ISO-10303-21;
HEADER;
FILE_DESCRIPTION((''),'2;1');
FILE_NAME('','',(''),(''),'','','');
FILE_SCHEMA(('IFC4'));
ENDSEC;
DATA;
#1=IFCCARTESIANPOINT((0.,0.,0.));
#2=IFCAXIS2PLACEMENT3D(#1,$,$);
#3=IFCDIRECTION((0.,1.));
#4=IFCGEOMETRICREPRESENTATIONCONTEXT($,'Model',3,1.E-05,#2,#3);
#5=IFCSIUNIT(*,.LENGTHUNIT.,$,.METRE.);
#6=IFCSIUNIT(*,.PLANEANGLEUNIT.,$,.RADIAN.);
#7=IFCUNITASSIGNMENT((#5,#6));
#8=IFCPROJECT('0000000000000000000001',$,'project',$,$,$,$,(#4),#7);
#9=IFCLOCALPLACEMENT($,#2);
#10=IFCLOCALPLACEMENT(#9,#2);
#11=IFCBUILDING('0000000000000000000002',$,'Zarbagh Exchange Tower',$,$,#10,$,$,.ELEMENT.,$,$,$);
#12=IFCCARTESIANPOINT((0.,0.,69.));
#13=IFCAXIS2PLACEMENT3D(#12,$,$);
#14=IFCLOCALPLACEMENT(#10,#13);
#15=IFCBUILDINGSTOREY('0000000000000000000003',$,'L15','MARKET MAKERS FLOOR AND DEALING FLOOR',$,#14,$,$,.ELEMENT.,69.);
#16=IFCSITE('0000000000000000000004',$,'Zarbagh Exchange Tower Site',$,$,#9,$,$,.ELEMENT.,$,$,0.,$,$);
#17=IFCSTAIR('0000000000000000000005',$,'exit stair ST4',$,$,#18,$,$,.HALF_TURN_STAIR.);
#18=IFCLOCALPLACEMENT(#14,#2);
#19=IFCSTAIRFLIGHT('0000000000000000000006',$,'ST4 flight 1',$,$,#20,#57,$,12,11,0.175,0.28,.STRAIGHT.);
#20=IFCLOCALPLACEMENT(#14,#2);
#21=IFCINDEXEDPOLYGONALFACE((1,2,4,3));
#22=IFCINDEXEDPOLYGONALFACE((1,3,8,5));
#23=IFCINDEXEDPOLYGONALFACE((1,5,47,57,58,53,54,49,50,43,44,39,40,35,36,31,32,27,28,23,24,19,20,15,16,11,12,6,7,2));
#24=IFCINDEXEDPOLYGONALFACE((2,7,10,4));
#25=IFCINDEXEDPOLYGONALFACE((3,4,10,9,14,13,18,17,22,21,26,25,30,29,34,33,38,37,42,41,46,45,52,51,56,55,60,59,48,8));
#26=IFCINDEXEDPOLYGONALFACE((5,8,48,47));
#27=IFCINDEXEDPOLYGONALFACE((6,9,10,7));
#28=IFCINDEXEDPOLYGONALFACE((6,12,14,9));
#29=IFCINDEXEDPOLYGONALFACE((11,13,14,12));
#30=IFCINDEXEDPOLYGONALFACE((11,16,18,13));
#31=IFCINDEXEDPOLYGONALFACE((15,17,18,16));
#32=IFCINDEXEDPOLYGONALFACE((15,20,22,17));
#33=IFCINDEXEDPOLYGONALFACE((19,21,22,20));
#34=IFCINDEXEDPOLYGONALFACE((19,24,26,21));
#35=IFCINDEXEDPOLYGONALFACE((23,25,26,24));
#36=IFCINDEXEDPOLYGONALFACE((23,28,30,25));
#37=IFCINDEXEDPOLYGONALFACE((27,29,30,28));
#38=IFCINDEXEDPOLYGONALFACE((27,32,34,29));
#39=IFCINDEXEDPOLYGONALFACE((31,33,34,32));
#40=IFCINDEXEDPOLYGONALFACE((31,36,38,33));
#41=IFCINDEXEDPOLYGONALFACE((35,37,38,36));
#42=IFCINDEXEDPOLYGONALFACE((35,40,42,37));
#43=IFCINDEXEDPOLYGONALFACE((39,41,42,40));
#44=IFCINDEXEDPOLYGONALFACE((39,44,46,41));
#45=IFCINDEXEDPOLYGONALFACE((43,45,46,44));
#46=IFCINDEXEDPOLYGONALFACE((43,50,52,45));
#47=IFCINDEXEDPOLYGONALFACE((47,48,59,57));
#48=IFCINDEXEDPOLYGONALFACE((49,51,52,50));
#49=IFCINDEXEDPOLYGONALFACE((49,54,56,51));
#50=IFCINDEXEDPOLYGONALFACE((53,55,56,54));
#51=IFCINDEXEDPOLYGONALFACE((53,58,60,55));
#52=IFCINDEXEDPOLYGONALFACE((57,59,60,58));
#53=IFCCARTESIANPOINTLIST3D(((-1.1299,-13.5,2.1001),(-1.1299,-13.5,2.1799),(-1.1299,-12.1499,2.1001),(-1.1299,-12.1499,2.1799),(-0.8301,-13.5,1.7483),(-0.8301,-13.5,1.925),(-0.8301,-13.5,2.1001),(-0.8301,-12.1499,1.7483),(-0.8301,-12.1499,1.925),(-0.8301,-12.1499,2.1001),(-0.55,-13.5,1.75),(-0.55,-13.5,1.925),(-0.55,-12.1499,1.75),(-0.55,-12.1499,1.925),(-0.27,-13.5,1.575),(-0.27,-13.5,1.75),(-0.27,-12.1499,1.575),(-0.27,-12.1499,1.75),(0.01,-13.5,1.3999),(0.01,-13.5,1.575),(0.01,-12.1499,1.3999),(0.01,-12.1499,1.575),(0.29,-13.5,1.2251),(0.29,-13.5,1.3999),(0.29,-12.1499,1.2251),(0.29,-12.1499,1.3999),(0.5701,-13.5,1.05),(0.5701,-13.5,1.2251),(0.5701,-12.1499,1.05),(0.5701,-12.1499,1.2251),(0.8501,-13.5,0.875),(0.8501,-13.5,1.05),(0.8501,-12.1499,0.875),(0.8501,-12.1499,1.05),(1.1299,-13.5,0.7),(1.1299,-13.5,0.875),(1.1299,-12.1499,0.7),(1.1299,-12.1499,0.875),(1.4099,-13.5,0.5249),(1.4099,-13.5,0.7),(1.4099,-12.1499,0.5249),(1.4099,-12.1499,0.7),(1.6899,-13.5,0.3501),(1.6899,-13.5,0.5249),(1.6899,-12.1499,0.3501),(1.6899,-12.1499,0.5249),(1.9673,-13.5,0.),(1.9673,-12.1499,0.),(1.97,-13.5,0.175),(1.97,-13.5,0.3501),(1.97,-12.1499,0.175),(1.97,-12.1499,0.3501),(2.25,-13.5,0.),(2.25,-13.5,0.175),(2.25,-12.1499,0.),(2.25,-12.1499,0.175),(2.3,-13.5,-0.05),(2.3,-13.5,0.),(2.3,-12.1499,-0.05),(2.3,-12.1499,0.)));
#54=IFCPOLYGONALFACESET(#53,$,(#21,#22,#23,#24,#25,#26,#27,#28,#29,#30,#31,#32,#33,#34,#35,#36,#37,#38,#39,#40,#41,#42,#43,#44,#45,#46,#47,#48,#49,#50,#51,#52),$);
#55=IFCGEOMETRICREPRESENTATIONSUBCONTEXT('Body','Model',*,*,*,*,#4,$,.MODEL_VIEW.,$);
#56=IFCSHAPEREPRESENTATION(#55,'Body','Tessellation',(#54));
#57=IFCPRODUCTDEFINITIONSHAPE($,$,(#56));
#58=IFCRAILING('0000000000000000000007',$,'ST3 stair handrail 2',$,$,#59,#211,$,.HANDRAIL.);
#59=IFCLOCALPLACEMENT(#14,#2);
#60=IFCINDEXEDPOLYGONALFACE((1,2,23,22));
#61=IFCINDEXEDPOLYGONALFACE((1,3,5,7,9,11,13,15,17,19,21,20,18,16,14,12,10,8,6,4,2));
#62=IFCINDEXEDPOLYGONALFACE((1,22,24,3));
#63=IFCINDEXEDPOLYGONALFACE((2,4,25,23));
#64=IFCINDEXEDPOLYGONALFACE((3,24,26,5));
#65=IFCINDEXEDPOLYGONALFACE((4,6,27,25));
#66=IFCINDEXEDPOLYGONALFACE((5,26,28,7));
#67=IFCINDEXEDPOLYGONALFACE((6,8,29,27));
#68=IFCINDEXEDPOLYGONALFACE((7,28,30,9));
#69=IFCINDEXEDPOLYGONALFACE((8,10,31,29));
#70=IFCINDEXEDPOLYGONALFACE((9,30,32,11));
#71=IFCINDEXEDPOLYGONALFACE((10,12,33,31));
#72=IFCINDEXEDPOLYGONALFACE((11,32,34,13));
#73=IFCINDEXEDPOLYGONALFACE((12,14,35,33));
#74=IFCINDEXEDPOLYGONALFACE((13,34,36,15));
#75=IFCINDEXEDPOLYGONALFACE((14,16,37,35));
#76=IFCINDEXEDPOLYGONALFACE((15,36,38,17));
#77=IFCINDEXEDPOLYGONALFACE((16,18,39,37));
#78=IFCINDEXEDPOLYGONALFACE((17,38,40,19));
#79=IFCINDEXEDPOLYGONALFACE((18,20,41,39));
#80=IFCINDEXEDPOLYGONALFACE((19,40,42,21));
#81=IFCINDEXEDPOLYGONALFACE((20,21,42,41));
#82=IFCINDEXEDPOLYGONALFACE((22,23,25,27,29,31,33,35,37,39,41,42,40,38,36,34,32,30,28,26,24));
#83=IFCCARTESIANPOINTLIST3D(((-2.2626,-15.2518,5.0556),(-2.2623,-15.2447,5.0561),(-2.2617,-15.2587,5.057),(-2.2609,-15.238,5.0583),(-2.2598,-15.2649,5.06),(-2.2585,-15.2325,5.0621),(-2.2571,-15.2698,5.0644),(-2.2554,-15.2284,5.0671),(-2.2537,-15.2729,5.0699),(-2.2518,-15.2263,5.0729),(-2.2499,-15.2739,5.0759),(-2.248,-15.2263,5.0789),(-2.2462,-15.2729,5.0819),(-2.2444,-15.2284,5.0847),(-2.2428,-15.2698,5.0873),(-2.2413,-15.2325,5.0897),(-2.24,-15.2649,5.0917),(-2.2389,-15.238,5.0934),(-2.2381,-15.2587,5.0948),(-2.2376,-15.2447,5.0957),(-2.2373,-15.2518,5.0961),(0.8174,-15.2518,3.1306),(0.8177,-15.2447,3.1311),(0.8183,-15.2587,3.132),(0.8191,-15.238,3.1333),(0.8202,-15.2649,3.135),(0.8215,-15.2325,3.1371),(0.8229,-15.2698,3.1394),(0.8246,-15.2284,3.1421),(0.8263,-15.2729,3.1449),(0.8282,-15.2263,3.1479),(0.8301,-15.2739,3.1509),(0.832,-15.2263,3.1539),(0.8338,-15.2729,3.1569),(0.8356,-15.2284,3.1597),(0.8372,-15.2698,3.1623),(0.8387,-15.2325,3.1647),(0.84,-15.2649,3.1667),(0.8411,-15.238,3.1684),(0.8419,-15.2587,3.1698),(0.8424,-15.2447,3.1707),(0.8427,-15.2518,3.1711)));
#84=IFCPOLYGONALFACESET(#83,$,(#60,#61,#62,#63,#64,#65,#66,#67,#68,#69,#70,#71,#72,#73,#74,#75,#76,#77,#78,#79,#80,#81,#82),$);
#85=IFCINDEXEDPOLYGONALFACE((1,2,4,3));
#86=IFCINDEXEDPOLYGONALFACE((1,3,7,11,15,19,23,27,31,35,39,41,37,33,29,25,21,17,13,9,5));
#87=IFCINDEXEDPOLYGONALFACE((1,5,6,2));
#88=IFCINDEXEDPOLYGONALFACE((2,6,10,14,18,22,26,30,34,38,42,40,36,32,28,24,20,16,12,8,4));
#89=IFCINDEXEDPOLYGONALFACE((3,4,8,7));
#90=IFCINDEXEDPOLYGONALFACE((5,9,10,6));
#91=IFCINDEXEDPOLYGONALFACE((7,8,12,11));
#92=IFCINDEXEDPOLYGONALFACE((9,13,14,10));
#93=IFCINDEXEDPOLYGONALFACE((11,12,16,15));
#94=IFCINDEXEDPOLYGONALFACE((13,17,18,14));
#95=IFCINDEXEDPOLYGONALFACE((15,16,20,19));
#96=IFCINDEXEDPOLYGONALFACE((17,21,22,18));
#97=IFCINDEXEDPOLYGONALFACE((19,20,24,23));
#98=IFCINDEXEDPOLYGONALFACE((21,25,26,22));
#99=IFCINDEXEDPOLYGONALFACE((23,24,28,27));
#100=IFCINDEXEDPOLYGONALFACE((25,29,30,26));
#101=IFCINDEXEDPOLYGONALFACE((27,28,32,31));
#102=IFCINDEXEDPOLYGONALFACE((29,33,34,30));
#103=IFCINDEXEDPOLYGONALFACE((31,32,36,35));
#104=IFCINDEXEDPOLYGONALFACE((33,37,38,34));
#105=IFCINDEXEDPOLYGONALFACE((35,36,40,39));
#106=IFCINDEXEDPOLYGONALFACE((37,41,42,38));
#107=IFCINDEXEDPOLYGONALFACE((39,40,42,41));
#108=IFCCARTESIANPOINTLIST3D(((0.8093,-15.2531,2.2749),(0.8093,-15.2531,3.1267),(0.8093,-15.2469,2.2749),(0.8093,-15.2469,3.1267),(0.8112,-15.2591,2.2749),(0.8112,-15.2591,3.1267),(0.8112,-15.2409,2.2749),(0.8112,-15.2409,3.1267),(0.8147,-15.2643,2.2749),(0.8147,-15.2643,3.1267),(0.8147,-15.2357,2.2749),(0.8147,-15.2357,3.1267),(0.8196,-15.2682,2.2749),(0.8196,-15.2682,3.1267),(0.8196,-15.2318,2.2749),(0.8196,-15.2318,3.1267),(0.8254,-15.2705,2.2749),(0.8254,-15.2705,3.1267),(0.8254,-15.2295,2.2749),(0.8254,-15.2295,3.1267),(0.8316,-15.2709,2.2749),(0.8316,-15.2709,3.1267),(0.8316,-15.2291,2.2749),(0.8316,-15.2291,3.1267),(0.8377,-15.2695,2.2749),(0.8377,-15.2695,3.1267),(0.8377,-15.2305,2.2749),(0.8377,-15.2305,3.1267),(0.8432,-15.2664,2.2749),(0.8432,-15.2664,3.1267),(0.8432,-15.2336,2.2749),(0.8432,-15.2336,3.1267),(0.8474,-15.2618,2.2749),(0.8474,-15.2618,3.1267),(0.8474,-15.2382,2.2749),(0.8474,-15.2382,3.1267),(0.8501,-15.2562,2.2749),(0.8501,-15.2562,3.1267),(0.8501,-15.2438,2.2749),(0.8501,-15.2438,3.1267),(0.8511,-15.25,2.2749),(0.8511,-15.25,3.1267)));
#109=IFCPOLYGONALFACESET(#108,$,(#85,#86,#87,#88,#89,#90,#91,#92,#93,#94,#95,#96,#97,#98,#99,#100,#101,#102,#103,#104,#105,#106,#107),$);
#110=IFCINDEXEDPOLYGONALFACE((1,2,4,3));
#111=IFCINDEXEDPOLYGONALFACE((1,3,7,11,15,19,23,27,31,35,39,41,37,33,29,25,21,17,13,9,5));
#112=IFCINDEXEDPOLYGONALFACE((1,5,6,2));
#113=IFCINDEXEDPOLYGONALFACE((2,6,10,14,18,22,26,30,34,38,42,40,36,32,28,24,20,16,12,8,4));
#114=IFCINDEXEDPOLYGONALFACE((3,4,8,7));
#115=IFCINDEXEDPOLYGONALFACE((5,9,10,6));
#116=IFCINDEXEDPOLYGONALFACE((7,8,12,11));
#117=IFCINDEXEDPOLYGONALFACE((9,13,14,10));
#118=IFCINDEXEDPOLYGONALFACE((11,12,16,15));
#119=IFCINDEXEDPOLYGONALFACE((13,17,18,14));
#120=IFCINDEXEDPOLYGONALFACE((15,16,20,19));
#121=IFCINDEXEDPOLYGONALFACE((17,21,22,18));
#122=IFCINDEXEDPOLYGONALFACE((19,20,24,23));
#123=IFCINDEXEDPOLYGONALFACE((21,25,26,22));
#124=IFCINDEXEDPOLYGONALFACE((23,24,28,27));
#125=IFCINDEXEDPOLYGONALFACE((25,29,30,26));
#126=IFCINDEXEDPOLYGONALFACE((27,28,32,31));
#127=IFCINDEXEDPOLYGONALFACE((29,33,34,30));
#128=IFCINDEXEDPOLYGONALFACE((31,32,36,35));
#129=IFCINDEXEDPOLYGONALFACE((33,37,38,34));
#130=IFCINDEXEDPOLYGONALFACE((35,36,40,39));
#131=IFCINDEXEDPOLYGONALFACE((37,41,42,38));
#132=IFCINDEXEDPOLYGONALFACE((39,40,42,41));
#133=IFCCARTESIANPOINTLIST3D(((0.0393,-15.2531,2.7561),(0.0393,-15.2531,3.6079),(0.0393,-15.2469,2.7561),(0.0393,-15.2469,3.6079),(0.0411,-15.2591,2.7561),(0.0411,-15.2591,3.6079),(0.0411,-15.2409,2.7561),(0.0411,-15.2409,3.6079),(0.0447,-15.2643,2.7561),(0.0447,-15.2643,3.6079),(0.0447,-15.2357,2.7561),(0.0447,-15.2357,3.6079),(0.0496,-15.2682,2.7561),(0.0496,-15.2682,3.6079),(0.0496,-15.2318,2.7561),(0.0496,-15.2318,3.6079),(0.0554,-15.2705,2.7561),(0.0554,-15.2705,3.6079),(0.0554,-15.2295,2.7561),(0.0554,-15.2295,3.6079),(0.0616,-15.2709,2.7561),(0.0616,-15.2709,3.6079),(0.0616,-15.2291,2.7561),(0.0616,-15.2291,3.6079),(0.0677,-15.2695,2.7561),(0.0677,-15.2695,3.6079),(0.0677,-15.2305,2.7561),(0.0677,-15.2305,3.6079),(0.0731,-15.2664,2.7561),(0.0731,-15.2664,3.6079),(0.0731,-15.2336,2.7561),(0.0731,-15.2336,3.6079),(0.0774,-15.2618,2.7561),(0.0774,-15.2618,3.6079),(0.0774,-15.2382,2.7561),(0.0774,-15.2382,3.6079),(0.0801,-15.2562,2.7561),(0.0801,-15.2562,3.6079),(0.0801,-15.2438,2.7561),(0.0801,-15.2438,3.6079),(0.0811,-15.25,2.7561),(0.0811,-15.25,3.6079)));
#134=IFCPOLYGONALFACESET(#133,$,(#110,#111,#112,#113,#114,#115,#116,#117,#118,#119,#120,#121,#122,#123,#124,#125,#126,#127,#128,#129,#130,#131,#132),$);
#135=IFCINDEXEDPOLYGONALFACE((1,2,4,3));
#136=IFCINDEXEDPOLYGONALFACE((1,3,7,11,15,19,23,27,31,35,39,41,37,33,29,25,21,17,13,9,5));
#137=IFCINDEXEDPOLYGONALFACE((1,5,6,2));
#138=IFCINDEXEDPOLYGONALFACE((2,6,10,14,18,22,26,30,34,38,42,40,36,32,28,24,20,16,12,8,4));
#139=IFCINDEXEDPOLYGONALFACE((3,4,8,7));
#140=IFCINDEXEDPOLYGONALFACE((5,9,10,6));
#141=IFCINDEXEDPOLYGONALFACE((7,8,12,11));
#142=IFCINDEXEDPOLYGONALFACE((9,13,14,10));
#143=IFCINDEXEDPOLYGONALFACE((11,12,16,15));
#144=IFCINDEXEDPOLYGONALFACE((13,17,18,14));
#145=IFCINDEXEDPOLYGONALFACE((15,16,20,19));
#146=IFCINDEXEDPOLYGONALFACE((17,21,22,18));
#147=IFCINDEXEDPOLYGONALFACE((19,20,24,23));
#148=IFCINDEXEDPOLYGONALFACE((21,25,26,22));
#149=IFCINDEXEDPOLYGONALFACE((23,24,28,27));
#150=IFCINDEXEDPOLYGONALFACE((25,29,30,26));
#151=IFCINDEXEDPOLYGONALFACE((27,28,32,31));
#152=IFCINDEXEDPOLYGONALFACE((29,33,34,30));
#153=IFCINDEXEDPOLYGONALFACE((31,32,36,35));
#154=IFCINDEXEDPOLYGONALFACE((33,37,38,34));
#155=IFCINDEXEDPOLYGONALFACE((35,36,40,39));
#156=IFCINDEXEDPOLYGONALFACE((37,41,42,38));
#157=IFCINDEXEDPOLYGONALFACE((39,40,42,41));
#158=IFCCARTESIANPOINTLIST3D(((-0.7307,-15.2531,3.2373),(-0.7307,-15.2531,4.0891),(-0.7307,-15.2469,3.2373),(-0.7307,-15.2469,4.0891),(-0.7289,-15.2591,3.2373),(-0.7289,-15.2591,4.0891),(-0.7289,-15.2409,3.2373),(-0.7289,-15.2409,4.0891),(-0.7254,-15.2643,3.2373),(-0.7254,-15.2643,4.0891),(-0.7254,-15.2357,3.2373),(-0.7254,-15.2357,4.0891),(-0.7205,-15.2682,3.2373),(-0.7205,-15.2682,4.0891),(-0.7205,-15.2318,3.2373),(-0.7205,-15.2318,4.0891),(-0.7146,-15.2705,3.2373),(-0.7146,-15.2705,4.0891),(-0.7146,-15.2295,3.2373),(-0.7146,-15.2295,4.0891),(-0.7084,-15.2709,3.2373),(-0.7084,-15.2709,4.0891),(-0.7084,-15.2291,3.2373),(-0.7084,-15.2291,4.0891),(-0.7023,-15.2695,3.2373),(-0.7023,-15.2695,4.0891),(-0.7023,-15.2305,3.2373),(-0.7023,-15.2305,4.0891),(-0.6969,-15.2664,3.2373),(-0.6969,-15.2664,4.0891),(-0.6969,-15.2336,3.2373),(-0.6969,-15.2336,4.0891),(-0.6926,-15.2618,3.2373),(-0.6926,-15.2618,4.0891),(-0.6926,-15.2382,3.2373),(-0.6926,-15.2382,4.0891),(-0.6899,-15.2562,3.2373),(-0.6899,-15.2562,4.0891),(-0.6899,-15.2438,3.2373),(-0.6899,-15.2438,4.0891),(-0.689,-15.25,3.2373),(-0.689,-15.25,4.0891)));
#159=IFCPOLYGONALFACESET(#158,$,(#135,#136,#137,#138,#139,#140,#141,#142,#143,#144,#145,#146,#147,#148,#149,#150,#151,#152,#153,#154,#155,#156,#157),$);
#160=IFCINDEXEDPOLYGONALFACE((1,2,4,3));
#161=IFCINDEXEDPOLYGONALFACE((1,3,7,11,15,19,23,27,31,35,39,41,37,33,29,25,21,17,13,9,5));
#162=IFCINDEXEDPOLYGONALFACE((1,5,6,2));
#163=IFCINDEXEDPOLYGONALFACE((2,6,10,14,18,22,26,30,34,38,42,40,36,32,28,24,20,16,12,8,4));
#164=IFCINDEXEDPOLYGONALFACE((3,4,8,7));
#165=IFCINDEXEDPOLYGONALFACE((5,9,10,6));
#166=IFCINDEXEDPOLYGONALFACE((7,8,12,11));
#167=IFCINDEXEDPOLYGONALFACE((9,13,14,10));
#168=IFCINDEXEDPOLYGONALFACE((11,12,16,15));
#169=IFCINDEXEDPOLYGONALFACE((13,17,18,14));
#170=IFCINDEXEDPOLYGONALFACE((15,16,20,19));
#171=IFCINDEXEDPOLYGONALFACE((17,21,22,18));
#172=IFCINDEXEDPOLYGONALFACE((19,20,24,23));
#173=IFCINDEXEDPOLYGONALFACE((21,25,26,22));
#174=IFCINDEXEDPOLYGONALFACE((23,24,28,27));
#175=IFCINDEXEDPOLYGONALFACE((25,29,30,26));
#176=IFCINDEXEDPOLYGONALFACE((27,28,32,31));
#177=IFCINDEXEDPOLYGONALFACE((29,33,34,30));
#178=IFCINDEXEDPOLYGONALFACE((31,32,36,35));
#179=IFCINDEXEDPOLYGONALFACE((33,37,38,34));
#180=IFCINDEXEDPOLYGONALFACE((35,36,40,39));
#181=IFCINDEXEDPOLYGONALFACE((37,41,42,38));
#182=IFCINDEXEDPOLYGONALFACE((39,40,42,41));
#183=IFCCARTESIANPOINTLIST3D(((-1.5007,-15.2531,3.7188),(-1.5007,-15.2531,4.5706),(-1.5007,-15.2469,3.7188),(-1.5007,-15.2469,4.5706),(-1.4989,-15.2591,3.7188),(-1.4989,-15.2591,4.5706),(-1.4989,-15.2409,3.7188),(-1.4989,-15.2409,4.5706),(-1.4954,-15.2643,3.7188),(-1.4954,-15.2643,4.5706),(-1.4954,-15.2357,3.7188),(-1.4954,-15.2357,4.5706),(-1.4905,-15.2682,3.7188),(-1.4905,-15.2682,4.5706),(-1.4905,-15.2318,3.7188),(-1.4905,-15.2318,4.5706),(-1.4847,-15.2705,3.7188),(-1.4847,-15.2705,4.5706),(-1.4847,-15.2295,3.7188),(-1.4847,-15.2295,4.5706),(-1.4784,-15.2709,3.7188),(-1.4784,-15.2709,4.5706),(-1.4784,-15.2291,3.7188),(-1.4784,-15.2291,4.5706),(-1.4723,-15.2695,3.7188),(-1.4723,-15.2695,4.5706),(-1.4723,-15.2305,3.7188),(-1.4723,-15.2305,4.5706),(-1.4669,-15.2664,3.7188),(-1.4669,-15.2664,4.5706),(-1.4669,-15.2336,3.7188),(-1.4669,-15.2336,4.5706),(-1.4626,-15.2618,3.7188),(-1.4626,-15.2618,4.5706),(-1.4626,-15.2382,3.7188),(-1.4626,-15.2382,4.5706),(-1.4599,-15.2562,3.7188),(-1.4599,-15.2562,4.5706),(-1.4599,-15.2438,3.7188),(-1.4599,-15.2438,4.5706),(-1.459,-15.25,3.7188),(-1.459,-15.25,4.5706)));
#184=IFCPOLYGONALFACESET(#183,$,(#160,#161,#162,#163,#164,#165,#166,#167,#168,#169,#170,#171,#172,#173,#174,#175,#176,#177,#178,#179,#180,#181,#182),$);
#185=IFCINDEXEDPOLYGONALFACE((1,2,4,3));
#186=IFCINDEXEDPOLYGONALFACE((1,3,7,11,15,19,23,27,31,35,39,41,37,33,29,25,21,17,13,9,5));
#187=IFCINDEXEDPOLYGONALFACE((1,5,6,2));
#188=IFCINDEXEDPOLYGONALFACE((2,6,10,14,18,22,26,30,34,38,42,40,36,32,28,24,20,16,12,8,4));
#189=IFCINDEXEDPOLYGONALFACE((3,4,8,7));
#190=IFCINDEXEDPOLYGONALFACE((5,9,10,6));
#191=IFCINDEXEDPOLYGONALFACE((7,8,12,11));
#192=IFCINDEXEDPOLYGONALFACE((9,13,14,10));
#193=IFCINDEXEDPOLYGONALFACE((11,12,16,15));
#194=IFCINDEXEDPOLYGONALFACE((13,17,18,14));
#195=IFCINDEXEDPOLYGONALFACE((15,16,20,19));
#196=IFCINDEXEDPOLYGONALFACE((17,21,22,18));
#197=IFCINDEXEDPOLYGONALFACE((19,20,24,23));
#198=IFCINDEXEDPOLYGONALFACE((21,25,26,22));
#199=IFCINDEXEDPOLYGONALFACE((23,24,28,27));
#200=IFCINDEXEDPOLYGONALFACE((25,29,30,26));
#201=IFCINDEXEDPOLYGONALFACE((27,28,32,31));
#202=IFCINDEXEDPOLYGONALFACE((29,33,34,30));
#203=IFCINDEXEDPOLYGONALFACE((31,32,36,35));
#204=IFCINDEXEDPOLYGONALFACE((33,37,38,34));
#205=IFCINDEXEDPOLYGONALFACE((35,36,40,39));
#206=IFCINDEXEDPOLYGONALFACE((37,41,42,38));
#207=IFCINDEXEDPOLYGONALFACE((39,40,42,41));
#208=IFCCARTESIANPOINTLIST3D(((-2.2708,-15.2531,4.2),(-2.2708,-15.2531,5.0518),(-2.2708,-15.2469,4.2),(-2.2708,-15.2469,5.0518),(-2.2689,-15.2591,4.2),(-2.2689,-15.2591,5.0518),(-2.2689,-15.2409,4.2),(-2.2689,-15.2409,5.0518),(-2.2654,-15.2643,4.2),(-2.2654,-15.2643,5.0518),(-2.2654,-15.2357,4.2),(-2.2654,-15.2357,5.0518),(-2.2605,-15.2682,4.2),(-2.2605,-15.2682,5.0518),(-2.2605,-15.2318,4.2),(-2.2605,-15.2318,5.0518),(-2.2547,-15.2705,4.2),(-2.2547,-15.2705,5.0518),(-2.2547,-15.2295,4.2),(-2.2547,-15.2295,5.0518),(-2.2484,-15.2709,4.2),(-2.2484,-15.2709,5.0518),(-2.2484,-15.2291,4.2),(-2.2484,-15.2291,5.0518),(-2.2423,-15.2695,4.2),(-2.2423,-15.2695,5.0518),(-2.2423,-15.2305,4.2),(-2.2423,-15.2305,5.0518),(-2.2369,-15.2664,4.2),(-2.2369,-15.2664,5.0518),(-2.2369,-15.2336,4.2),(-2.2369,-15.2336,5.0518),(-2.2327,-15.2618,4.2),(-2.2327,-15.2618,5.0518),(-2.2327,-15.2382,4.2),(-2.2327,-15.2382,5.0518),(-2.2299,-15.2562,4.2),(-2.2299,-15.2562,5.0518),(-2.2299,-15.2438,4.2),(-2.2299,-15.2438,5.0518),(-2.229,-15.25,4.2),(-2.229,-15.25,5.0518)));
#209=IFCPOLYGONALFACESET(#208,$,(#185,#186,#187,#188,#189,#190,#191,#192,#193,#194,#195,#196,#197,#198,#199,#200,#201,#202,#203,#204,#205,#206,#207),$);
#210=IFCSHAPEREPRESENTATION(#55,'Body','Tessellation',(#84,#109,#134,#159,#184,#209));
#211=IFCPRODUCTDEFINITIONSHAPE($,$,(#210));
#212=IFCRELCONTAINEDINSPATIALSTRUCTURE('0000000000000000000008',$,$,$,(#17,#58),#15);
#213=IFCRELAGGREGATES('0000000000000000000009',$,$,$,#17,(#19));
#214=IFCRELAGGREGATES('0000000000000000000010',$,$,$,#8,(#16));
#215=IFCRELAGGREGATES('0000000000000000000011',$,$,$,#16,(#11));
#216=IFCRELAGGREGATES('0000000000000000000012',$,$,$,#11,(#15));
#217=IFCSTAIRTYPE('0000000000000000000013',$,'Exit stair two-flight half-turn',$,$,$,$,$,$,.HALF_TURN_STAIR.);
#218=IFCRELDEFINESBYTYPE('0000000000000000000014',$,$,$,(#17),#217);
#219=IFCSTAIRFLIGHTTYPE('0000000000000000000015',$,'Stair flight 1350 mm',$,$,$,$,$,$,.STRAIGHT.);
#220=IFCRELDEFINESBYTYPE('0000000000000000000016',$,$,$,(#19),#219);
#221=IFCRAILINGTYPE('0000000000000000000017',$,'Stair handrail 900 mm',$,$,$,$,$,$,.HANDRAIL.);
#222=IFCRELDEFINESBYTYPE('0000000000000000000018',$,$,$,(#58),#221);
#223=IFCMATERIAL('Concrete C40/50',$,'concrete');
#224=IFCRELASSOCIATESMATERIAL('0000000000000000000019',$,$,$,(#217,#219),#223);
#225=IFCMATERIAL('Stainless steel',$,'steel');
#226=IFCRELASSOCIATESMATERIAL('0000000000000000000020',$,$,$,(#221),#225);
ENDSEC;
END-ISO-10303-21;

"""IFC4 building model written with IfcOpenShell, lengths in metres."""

from ifc_helpers import new_model, si_unit, direction, frame, origin, origin_2d, place, context, subcontext, project, spatial, polyline, circle, outline, extrude, material, type_object, element, aggregate, save


model = new_model("IFC4")

# Units and contexts
model_context = context("Model", 3, precision=1e-05, world=origin(), true_north=direction((0.0, 1.0)))
body_context = subcontext(model_context, "Body", "Model", "MODEL_VIEW")
ifc_project = project(units=[si_unit("LENGTHUNIT", "METRE"), si_unit("PLANEANGLEUNIT", "RADIAN")], contexts=[model_context])

# Site, building, storey
site_placement = place(None, origin())
site = spatial("IfcSite", under=ifc_project, at=site_placement, Name="Zarbagh Exchange Tower Site", CompositionType="ELEMENT", RefElevation=0.0)
building_placement = place(site_placement, origin())
building = spatial("IfcBuilding", under=site, at=building_placement, Name="Zarbagh Exchange Tower", CompositionType="ELEMENT")
storey_placement = place(building_placement, frame((0.0, 0.0, 69.0)))
storey = spatial("IfcBuildingStorey", under=building, at=storey_placement, Name="L15", Description="MARKET MAKERS FLOOR AND DEALING FLOOR", CompositionType="ELEMENT", Elevation=69.0)

# Shared definitions
ifc_material_1 = material(Name="Concrete C40/50", Category="concrete")

# Stair, stair flight
stair_type = type_object("IfcStairType", Name="Exit stair two-flight half-turn", PredefinedType="HALF_TURN_STAIR", material=ifc_material_1)
stair_flight_type = type_object("IfcStairFlightType", Name="Stair flight 1350 mm", PredefinedType="STRAIGHT", material=ifc_material_1)
stair_1_placement = place(storey_placement, origin())
stair_1 = element("IfcStair", 1, at=stair_1_placement, inside=storey, type_object=stair_type, Name="exit stair ST4", PredefinedType="HALF_TURN_STAIR")
stair_flight_1_placement = place(storey_placement, frame((2.25, -12.825, 0.0), z_axis=(0.0, 0.0, 1.0), x_axis=(-1.0, 0.0, 0.0)))
stair_flight_1 = element("IfcStairFlight", 2, at=stair_flight_1_placement, type_object=stair_flight_type, Name="ST4 flight 1", NumberOfRisers=12, NumberOfTreads=11, PredefinedType="STRAIGHT", RiserHeight=0.175, TreadLength=0.28, context=body_context, shape_type="SweptSolid", body=[
    extrude(outline(polyline([(-0.05, -0.05), (-0.05, 0.0), (0.0, 0.0), (0.0, 0.175), (0.28, 0.175), (0.28, 0.3501), (0.5601, 0.3501), (0.5601, 0.5249), (0.8401, 0.5249), (0.8401, 0.7), (1.1201, 0.7), (1.1201, 0.875), (1.3999, 0.875), (1.3999, 1.05), (1.6799, 1.05), (1.6799, 1.2251), (1.96, 1.2251), (1.96, 1.3999), (2.24, 1.3999), (2.24, 1.575), (2.52, 1.575), (2.52, 1.75), (2.8, 1.75), (2.8, 1.925), (3.0801, 1.925), (3.0801, 2.1001), (3.3799, 2.1799), (3.3799, 2.1001), (3.0801, 1.7483), (0.2827, 0.0), (-0.05, -0.05)])), frame((0.0, 0.675, 0.0), z_axis=(0.0, -1.0, 0.0), x_axis=(1.0, 0.0, 0.0)), (0.0, 0.0, 1.0), 1.3501),
])
aggregate(stair_1, [stair_flight_1])

# Railing
ifc_material_2 = material(Name="Stainless steel", Category="steel")
railing_type_1 = type_object("IfcRailingType", Name="Stair handrail 900 mm", PredefinedType="HANDRAIL", material=ifc_material_2)
for number, where, name in (
    (3, (0.8301, -15.25, 2.2749), "ST3 stair handrail 2"),
):
    element("IfcRailing", number, at=place(storey_placement, frame(where)), inside=storey, type_object=railing_type_1, Name=name, PredefinedType="HANDRAIL", context=body_context, shape_type="SweptSolid", body=[
        extrude(circle(Radius=0.0239, at=origin_2d()), frame((0.0, 0.0, 0.876), z_axis=(-0.847998, 0.0, 0.529999), x_axis=(0.0, -1.0, 0.0)), (0.0, 0.0, 1.0), 3.6321),
        extrude(circle(Radius=0.021, at=origin_2d()), origin(), (0.0, 0.0, 1.0), 0.8518),
        extrude(circle(Radius=0.021, at=origin_2d()), frame((-0.77, 0.0, 0.4812)), (0.0, 0.0, 1.0), 0.8518),
        extrude(circle(Radius=0.021, at=origin_2d()), frame((-1.54, 0.0, 0.9624)), (0.0, 0.0, 1.0), 0.8518),
        extrude(circle(Radius=0.021, at=origin_2d()), frame((-2.3101, 0.0, 1.4438)), (0.0, 0.0, 1.0), 0.8518),
        extrude(circle(Radius=0.021, at=origin_2d()), frame((-3.0801, 0.0, 1.925)), (0.0, 0.0, 1.0), 0.8518),
    ])

save(model, "model.ifc")
